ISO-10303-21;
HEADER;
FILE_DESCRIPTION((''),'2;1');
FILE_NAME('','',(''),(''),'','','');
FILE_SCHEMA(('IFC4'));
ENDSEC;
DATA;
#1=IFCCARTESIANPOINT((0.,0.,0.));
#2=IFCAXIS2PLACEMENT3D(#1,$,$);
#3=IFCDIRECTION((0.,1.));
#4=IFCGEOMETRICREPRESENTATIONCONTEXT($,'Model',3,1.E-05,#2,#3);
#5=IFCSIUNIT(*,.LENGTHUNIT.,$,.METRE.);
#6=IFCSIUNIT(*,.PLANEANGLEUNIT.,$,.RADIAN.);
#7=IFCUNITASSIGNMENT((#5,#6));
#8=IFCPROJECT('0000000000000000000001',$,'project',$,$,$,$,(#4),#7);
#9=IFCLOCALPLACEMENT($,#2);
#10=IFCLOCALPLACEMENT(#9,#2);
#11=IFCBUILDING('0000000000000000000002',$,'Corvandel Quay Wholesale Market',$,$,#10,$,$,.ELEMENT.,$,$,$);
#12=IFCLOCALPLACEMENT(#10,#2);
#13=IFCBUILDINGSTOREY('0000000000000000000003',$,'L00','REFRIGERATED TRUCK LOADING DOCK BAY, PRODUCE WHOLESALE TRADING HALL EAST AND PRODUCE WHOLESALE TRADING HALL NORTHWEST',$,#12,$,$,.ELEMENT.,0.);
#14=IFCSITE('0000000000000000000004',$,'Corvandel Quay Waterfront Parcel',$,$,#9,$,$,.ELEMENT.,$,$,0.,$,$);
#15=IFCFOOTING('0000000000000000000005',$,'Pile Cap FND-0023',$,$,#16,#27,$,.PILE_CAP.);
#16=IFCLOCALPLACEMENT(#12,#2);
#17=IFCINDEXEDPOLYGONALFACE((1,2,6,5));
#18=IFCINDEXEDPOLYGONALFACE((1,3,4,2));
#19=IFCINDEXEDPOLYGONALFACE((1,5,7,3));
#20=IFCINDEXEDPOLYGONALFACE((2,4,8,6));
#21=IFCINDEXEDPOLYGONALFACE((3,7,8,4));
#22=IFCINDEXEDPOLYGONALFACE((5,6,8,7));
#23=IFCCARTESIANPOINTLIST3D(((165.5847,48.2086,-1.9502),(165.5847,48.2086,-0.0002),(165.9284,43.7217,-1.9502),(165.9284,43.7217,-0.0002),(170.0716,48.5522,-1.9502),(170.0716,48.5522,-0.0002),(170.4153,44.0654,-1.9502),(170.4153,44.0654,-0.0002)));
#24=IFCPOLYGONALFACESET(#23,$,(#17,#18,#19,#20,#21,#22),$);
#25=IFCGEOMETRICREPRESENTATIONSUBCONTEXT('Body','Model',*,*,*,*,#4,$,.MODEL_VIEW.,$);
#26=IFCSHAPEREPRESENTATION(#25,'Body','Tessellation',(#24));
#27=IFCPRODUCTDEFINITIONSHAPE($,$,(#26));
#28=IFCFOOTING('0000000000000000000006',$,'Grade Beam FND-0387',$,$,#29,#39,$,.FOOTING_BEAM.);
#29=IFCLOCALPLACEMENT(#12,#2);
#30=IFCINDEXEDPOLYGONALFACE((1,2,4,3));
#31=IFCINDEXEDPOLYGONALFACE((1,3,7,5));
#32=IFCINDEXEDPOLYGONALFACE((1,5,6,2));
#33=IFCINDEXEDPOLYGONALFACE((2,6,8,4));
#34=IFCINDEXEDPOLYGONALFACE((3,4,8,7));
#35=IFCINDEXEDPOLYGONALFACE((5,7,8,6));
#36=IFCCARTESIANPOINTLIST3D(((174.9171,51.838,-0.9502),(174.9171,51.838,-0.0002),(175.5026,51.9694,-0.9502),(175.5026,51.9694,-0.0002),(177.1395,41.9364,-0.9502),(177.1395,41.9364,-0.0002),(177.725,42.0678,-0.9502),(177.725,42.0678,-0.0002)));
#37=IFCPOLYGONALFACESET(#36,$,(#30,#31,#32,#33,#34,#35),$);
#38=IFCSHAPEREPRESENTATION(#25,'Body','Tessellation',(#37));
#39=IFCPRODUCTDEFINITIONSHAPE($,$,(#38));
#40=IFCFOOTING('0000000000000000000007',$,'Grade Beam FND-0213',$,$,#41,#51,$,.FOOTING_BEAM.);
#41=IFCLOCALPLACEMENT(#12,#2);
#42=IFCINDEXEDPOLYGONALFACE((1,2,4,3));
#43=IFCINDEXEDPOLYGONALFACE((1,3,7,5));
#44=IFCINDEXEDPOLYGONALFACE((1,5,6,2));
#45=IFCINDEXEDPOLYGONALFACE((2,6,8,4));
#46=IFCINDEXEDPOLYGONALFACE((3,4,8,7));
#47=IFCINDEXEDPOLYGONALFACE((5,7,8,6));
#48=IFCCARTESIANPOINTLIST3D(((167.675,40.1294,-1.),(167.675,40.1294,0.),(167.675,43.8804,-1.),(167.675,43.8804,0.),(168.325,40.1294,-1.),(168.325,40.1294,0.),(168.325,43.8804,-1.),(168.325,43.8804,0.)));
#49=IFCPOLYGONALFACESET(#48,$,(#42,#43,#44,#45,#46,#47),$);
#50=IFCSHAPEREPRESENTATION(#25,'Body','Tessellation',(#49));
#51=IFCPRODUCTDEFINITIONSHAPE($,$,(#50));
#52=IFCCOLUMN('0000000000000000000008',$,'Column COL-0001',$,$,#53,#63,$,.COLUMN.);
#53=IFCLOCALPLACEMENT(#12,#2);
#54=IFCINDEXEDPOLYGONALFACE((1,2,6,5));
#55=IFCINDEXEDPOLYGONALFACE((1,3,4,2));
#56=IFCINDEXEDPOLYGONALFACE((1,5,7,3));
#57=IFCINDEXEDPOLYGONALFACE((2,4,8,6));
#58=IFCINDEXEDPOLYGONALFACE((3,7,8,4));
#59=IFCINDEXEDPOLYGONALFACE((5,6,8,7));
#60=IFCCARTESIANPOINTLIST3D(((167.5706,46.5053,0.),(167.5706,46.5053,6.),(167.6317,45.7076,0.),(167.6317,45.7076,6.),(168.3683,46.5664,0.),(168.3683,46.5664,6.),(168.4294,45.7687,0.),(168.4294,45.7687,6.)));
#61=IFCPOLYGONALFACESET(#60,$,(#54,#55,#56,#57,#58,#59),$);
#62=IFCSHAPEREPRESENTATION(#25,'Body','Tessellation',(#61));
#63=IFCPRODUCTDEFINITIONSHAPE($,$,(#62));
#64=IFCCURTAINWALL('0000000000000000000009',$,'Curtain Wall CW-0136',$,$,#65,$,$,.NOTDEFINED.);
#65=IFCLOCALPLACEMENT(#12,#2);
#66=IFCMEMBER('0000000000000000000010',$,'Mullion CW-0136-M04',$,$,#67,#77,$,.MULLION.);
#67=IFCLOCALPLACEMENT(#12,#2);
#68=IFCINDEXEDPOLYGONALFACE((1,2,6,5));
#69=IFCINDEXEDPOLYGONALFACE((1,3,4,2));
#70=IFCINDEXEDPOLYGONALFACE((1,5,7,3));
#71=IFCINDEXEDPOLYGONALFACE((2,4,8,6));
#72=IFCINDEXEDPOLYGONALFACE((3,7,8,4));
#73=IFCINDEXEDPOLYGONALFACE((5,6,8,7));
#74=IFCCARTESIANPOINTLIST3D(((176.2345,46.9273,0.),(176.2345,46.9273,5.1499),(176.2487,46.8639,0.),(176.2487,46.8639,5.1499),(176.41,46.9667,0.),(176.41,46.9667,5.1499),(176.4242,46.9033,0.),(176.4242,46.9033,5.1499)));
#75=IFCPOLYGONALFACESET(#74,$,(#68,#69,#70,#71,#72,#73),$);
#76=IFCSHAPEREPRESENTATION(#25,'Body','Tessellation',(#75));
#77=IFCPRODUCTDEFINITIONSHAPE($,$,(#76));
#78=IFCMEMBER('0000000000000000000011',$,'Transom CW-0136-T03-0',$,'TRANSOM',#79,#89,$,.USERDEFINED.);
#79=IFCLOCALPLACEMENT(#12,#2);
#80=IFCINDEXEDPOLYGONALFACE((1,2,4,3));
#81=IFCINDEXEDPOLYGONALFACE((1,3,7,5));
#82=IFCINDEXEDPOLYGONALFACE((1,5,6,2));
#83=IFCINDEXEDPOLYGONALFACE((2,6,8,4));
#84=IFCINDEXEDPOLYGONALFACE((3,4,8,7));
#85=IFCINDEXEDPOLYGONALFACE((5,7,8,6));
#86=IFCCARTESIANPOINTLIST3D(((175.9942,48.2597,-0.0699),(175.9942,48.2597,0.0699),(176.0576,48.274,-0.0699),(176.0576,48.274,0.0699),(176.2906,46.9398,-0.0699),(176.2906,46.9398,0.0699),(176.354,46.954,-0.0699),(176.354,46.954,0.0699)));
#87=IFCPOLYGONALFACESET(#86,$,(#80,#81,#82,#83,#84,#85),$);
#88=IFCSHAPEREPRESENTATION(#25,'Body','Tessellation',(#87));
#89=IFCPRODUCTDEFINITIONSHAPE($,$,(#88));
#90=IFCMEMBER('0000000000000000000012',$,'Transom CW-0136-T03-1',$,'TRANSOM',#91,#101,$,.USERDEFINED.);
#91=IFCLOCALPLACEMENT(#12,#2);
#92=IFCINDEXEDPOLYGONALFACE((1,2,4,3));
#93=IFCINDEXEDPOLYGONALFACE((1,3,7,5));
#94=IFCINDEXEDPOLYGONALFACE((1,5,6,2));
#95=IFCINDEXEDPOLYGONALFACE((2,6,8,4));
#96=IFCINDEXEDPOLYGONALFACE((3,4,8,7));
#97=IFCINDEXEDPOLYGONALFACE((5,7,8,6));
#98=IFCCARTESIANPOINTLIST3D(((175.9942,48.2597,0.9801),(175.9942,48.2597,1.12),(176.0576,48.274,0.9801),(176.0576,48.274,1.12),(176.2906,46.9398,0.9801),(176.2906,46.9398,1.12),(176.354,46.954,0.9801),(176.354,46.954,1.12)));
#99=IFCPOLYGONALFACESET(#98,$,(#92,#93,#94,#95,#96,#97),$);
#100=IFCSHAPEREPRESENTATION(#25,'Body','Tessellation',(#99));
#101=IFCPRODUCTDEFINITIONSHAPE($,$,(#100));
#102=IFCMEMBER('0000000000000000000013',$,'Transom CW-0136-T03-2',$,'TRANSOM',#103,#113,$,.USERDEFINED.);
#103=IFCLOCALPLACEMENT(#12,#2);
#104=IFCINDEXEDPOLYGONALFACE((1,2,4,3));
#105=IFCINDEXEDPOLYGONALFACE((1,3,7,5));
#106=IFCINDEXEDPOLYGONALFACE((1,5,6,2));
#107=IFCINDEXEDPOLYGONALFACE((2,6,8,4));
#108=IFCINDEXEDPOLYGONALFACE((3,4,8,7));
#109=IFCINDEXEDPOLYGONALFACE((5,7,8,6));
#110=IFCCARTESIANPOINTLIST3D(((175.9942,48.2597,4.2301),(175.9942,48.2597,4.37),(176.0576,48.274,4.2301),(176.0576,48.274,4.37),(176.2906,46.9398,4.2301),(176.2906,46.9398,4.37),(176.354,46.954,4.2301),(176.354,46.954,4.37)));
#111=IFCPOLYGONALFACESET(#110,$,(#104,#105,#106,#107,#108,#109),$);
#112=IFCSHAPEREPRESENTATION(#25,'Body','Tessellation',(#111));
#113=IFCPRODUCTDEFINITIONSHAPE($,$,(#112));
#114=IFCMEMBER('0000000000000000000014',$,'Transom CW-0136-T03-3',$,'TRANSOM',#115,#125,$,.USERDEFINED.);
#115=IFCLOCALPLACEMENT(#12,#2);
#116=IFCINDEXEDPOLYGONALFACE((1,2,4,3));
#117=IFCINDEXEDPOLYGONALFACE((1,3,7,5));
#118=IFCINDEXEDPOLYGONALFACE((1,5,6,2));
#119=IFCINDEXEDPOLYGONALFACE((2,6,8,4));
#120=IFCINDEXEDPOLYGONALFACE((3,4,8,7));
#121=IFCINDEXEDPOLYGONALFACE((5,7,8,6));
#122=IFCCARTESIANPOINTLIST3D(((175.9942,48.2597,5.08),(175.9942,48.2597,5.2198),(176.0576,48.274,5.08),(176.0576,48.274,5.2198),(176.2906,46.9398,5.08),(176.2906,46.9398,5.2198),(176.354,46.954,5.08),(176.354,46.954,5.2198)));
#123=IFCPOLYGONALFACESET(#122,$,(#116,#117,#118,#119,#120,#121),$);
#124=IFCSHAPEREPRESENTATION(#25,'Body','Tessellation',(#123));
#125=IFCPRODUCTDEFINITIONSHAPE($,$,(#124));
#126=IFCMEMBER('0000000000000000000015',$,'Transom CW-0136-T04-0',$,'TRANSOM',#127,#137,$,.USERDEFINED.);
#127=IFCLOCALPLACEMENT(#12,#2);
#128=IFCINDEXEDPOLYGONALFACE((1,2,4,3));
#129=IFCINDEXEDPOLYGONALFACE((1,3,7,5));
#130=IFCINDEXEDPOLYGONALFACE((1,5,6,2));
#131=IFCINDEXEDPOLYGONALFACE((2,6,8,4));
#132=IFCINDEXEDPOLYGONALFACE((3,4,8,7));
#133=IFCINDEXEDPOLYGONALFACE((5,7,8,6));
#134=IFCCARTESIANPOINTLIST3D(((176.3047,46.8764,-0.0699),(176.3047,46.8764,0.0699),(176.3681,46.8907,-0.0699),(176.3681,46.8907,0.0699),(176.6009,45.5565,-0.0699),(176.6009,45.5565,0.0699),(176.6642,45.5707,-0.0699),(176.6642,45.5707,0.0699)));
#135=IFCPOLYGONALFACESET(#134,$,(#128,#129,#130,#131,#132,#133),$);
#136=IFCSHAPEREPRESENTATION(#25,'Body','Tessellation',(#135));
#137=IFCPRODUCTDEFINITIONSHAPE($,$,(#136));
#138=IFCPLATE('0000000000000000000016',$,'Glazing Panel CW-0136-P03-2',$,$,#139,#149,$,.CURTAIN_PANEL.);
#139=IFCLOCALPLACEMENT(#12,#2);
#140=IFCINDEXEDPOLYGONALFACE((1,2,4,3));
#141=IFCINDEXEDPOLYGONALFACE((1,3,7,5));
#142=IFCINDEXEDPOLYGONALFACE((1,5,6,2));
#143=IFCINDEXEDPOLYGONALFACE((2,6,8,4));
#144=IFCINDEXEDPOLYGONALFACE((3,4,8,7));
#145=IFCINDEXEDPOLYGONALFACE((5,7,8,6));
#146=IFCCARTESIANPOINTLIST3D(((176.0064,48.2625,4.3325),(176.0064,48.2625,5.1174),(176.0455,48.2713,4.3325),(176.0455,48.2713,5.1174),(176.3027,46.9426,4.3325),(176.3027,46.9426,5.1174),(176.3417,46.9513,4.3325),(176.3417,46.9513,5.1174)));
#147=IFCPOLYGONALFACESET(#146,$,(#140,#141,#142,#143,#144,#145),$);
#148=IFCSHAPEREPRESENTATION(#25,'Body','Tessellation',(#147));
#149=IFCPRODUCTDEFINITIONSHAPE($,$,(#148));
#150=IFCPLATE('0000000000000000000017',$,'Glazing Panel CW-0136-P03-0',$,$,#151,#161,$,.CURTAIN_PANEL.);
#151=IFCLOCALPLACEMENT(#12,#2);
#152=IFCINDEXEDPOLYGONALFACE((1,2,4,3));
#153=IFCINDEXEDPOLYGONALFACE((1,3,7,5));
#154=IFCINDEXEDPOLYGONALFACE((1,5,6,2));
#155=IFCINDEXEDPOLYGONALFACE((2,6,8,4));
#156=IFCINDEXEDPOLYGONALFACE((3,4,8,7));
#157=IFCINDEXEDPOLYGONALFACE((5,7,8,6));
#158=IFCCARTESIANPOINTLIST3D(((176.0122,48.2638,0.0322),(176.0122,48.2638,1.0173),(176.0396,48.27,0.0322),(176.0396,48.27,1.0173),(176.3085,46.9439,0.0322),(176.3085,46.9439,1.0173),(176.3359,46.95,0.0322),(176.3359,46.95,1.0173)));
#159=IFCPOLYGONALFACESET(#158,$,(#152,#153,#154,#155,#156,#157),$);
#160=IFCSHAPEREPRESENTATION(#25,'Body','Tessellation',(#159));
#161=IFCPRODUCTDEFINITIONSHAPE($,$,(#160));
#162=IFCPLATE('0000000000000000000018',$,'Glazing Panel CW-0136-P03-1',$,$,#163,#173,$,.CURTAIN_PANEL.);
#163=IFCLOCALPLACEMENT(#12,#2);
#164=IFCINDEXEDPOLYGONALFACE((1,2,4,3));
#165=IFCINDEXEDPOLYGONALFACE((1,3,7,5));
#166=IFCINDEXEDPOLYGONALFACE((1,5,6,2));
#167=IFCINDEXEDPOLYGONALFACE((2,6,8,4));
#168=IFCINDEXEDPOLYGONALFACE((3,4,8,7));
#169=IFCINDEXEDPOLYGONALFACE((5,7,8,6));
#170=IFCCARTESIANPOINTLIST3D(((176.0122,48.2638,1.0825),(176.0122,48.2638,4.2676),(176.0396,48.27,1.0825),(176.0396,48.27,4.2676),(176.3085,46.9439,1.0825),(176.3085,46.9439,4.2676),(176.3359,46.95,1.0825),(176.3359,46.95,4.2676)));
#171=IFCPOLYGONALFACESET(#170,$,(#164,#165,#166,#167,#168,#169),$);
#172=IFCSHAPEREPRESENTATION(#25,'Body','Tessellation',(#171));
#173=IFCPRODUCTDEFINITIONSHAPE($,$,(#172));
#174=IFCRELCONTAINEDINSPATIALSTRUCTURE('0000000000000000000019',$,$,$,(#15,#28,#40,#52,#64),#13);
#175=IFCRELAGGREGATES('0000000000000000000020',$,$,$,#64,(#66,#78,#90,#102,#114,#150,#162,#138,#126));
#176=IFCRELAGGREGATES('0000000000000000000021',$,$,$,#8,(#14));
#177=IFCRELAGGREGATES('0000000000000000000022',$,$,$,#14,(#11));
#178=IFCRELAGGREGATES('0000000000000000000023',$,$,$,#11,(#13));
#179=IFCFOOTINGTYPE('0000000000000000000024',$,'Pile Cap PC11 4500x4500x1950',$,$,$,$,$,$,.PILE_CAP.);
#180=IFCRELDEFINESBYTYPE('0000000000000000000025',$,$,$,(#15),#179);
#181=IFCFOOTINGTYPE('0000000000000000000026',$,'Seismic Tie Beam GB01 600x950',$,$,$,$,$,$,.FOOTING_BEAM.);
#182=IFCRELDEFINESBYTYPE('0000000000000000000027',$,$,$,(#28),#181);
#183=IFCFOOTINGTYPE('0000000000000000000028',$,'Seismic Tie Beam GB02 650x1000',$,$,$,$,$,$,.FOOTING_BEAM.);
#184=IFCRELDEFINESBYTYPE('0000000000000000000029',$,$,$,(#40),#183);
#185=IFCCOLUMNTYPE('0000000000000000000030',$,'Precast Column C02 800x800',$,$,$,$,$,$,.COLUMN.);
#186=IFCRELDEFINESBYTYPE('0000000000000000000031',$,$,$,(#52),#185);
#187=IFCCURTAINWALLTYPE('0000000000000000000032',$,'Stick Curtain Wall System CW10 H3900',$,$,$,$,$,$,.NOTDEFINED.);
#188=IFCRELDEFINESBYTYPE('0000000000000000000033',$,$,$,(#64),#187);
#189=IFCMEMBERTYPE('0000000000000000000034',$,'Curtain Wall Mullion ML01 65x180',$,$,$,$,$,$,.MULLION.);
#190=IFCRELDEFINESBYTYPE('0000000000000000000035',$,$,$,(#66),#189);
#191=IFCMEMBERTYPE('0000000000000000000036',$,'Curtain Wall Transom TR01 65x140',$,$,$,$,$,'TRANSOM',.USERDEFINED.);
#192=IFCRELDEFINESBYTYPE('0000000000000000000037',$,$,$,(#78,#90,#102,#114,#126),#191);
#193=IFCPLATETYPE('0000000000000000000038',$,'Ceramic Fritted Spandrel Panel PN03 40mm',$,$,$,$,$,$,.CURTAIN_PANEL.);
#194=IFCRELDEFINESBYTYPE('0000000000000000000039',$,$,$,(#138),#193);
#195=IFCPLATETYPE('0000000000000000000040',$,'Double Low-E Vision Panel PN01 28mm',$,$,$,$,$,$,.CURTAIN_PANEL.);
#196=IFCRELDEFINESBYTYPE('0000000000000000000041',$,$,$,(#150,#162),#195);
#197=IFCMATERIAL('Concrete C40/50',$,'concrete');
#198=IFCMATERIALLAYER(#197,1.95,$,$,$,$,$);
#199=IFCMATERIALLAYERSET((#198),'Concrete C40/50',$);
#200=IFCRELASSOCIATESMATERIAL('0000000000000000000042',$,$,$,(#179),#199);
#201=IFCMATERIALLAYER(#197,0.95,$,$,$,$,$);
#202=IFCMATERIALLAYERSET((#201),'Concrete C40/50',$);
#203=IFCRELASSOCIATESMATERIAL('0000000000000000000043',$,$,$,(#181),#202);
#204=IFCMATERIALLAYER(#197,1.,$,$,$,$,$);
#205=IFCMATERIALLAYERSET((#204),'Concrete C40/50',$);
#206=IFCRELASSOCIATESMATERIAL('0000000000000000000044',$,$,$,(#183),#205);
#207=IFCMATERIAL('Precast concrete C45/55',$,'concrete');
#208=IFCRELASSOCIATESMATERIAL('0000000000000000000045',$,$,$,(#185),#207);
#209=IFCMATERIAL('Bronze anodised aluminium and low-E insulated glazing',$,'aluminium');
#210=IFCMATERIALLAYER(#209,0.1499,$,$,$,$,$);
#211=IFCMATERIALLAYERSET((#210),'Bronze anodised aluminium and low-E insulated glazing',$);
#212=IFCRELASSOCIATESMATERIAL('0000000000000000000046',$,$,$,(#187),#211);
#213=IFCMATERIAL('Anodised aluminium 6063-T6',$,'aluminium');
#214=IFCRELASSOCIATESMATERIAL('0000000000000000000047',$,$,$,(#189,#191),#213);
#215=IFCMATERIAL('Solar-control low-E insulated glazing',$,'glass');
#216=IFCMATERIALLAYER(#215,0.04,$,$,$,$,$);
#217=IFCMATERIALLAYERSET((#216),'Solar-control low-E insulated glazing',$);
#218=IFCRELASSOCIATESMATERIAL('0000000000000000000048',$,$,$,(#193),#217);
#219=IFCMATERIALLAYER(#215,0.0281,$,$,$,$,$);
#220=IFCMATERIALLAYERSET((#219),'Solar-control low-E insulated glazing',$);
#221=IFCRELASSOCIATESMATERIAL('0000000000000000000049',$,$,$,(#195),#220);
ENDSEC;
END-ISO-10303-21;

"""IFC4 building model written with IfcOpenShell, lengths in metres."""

from ifc_helpers import new_model, si_unit, direction, frame, origin, origin_2d, place, context, subcontext, project, spatial, rectangle, extrude, material, layer, layer_set, material_profile, profile_set, type_object, element, aggregate, save


model = new_model("IFC4")

# Units and contexts
model_context = context("Model", 3, precision=1e-05, world=origin(), true_north=direction((0.0, 1.0)))
body_context = subcontext(model_context, "Body", "Model", "MODEL_VIEW")
ifc_project = project(units=[si_unit("LENGTHUNIT", "METRE"), si_unit("PLANEANGLEUNIT", "RADIAN")], contexts=[model_context])

# Site, building, storey
site_placement = place(None, origin())
site = spatial("IfcSite", under=ifc_project, at=site_placement, Name="Corvandel Quay Waterfront Parcel", CompositionType="ELEMENT", RefElevation=0.0)
building_placement = place(site_placement, origin())
building = spatial("IfcBuilding", under=site, at=building_placement, Name="Corvandel Quay Wholesale Market", CompositionType="ELEMENT")
storey_placement = place(building_placement, origin())
storey = spatial("IfcBuildingStorey", under=building, at=storey_placement, Name="L00", Description="REFRIGERATED TRUCK LOADING DOCK BAY, PRODUCE WHOLESALE TRADING HALL EAST AND PRODUCE WHOLESALE TRADING HALL NORTHWEST", CompositionType="ELEMENT", Elevation=0.0)

# Shared definitions
ifc_material_1 = material(Name="Concrete C40/50", Category="concrete")

# Footings
ifc_layer_1 = layer(ifc_material_1, 1.95)
ifc_layer_set_1 = layer_set([ifc_layer_1], Name="Concrete C40/50")
footing_type_1 = type_object("IfcFootingType", Name="Pile Cap PC11 4500x4500x1950", PredefinedType="PILE_CAP", material=ifc_layer_set_1)
footing_1_placement = place(storey_placement, frame((168.0, 46.137, -1.9502), z_axis=(0.0, 0.0, 1.0), x_axis=(-0.076371, 0.997079, 0.0)))
element("IfcFooting", 1, at=footing_1_placement, inside=storey, type_object=footing_type_1, Name="Pile Cap FND-0023", PredefinedType="PILE_CAP", context=body_context, shape_type="SweptSolid", body=[
    extrude(rectangle(XDim=4.5, YDim=4.5, at=origin_2d()), origin(), (0.0, 0.0, 1.0), 1.95),
])
ifc_layer_2 = layer(ifc_material_1, 0.95)
ifc_layer_set_2 = layer_set([ifc_layer_2], Name="Concrete C40/50")
footing_type_2 = type_object("IfcFootingType", Name="Seismic Tie Beam GB01 600x950", PredefinedType="FOOTING_BEAM", material=ifc_layer_set_2)
footing_2_placement = place(storey_placement, frame((176.321, 46.9529, -0.9502), z_axis=(0.0, 0.0, 1.0), x_axis=(-0.218995, 0.975726, 0.0)))
element("IfcFooting", 2, at=footing_2_placement, inside=storey, type_object=footing_type_2, Name="Grade Beam FND-0387", PredefinedType="FOOTING_BEAM", context=body_context, shape_type="SweptSolid", body=[
    extrude(rectangle(XDim=10.1479, YDim=0.6001, at=origin_2d()), origin(), (0.0, 0.0, 1.0), 0.95),
])
ifc_layer_3 = layer(ifc_material_1, 1.0)
ifc_layer_set_3 = layer_set([ifc_layer_3], Name="Concrete C40/50")
footing_type_3 = type_object("IfcFootingType", Name="Seismic Tie Beam GB02 650x1000", PredefinedType="FOOTING_BEAM", material=ifc_layer_set_3)
footing_3_placement = place(storey_placement, frame((168.0, 42.0049, -1.0), z_axis=(0.0, 0.0, 1.0), x_axis=(0.0, 1.0, 0.0)))
element("IfcFooting", 3, at=footing_3_placement, inside=storey, type_object=footing_type_3, Name="Grade Beam FND-0213", PredefinedType="FOOTING_BEAM", context=body_context, shape_type="SweptSolid", body=[
    extrude(rectangle(XDim=3.751, YDim=0.6499, at=origin_2d()), origin(), (0.0, 0.0, 1.0), 1.0),
])

# Column
ifc_material_2 = material(Name="Precast concrete C45/55", Category="concrete")
ifc_material_profile_1 = material_profile(ifc_material_2, rectangle(XDim=0.8, YDim=0.8, at=origin_2d()), Name="PC-COL-800x800")
ifc_profile_set_1 = profile_set([ifc_material_profile_1], Name="Precast concrete C45/55")
column_type = type_object("IfcColumnType", Name="Precast Column C02 800x800", PredefinedType="COLUMN", material=ifc_profile_set_1)
column_placement = place(storey_placement, frame((168.0, 46.137, 0.0), z_axis=(0.0, 0.0, 1.0), x_axis=(-0.076371, 0.997079, 0.0)))
element("IfcColumn", 4, at=column_placement, inside=storey, type_object=column_type, Name="Column COL-0001", PredefinedType="COLUMN", context=body_context, shape_type="SweptSolid", body=[
    extrude(rectangle(XDim=0.8, YDim=0.8, at=origin_2d()), origin(), (0.0, 0.0, 1.0), 6.0),
])

# Curtain wall, members, plates
ifc_material_3 = material(Name="Bronze anodised aluminium and low-E insulated glazing", Category="aluminium")
ifc_layer_4 = layer(ifc_material_3, 0.1499)
ifc_layer_set_4 = layer_set([ifc_layer_4], Name="Bronze anodised aluminium and low-E insulated glazing")
curtain_wall_type = type_object("IfcCurtainWallType", Name="Stick Curtain Wall System CW10 H3900", PredefinedType="NOTDEFINED", material=ifc_layer_set_4)
curtain_wall_placement = place(storey_placement, origin())
curtain_wall = element("IfcCurtainWall", 5, at=curtain_wall_placement, inside=storey, type_object=curtain_wall_type, Name="Curtain Wall CW-0136", PredefinedType="NOTDEFINED")
ifc_material_4 = material(Name="Anodised aluminium 6063-T6", Category="aluminium")
ifc_material_profile_2 = material_profile(ifc_material_4, rectangle(XDim=0.0649, YDim=0.1799, at=origin_2d()), Name="ALU-MUL-65x180")
ifc_profile_set_2 = profile_set([ifc_material_profile_2], Name="Anodised aluminium 6063-T6")
member_type_1 = type_object("IfcMemberType", Name="Curtain Wall Mullion ML01 65x180", PredefinedType="MULLION", material=ifc_profile_set_2)
member_1_placement = place(storey_placement, frame((176.3293, 46.9153, 0.0), z_axis=(0.0, 0.0, 1.0), x_axis=(-0.218995, 0.975726, 0.0)))
member_1 = element("IfcMember", 6, at=member_1_placement, type_object=member_type_1, Name="Mullion CW-0136-M04", PredefinedType="MULLION", context=body_context, shape_type="SweptSolid", body=[
    extrude(rectangle(XDim=0.0649, YDim=0.1799, at=origin_2d()), origin(), (0.0, 0.0, 1.0), 5.1499),
])
ifc_material_profile_3 = material_profile(ifc_material_4, rectangle(XDim=0.0649, YDim=0.1399, at=origin_2d()), Name="ALU-TRN-65x140")
ifc_profile_set_3 = profile_set([ifc_material_profile_3], Name="Anodised aluminium 6063-T6")
member_type_2 = type_object("IfcMemberType", Name="Curtain Wall Transom TR01 65x140", ElementType="TRANSOM", PredefinedType="USERDEFINED", material=ifc_profile_set_3)
member_2_placement = place(storey_placement, frame((176.0259, 48.2668, 0.0), z_axis=(0.219108, -0.975701, 0.0), x_axis=(0.975701, 0.219108, 0.0)))
member_2 = element("IfcMember", 7, at=member_2_placement, type_object=member_type_2, Name="Transom CW-0136-T03-0", ObjectType="TRANSOM", PredefinedType="USERDEFINED", context=body_context, shape_type="SweptSolid", body=[
    extrude(rectangle(XDim=0.0649, YDim=0.1399, at=origin_2d()), origin(), (0.0, 0.0, 1.0), 1.3528),
])
member_3_placement = place(storey_placement, frame((176.0259, 48.2668, 1.05), z_axis=(0.219108, -0.975701, 0.0), x_axis=(0.975701, 0.219108, 0.0)))
member_3 = element("IfcMember", 8, at=member_3_placement, type_object=member_type_2, Name="Transom CW-0136-T03-1", ObjectType="TRANSOM", PredefinedType="USERDEFINED", context=body_context, shape_type="SweptSolid", body=[
    extrude(rectangle(XDim=0.0649, YDim=0.1399, at=origin_2d()), origin(), (0.0, 0.0, 1.0), 1.3528),
])
member_4_placement = place(storey_placement, frame((176.0259, 48.2668, 4.3), z_axis=(0.219108, -0.975701, 0.0), x_axis=(0.975701, 0.219108, 0.0)))
member_4 = element("IfcMember", 9, at=member_4_placement, type_object=member_type_2, Name="Transom CW-0136-T03-2", ObjectType="TRANSOM", PredefinedType="USERDEFINED", context=body_context, shape_type="SweptSolid", body=[
    extrude(rectangle(XDim=0.0649, YDim=0.1399, at=origin_2d()), origin(), (0.0, 0.0, 1.0), 1.3528),
])
member_5_placement = place(storey_placement, frame((176.0259, 48.2668, 5.1499), z_axis=(0.219108, -0.975701, 0.0), x_axis=(0.975701, 0.219108, 0.0)))
member_5 = element("IfcMember", 10, at=member_5_placement, type_object=member_type_2, Name="Transom CW-0136-T03-3", ObjectType="TRANSOM", PredefinedType="USERDEFINED", context=body_context, shape_type="SweptSolid", body=[
    extrude(rectangle(XDim=0.0649, YDim=0.1399, at=origin_2d()), origin(), (0.0, 0.0, 1.0), 1.3528),
])
member_6_placement = place(storey_placement, frame((176.3364, 46.8835, 0.0), z_axis=(0.218898, -0.975748, 0.0), x_axis=(0.975748, 0.218898, 0.0)))
member_6 = element("IfcMember", 11, at=member_6_placement, type_object=member_type_2, Name="Transom CW-0136-T04-0", ObjectType="TRANSOM", PredefinedType="USERDEFINED", context=body_context, shape_type="SweptSolid", body=[
    extrude(rectangle(XDim=0.0649, YDim=0.1399, at=origin_2d()), origin(), (0.0, 0.0, 1.0), 1.3528),
])
ifc_material_5 = material(Name="Solar-control low-E insulated glazing", Category="glass")
ifc_layer_5 = layer(ifc_material_5, 0.04)
ifc_layer_set_5 = layer_set([ifc_layer_5], Name="Solar-control low-E insulated glazing")
plate_type_1 = type_object("IfcPlateType", Name="Ceramic Fritted Spandrel Panel PN03 40mm", PredefinedType="CURTAIN_PANEL", material=ifc_layer_set_5)
plate_1_placement = place(storey_placement, frame((176.1741, 47.6069, 4.3325), z_axis=(0.0, 0.0, 1.0), x_axis=(-0.218995, 0.975726, 0.0)))
plate_1 = element("IfcPlate", 12, at=plate_1_placement, type_object=plate_type_1, Name="Glazing Panel CW-0136-P03-2", PredefinedType="CURTAIN_PANEL", context=body_context, shape_type="SweptSolid", body=[
    extrude(rectangle(XDim=1.3528, YDim=0.04, at=origin_2d()), origin(), (0.0, 0.0, 1.0), 0.7849),
])
ifc_layer_6 = layer(ifc_material_5, 0.0281)
ifc_layer_set_6 = layer_set([ifc_layer_6], Name="Solar-control low-E insulated glazing")
plate_type_2 = type_object("IfcPlateType", Name="Double Low-E Vision Panel PN01 28mm", PredefinedType="CURTAIN_PANEL", material=ifc_layer_set_6)
plate_2_placement = place(storey_placement, frame((176.1741, 47.6069, 0.0322), z_axis=(0.0, 0.0, 1.0), x_axis=(-0.218995, 0.975726, 0.0)))
plate_2 = element("IfcPlate", 13, at=plate_2_placement, type_object=plate_type_2, Name="Glazing Panel CW-0136-P03-0", PredefinedType="CURTAIN_PANEL", context=body_context, shape_type="SweptSolid", body=[
    extrude(rectangle(XDim=1.3528, YDim=0.0281, at=origin_2d()), origin(), (0.0, 0.0, 1.0), 0.9851),
])
plate_3_placement = place(storey_placement, frame((176.1741, 47.6069, 1.0825), z_axis=(0.0, 0.0, 1.0), x_axis=(-0.218995, 0.975726, 0.0)))
plate_3 = element("IfcPlate", 14, at=plate_3_placement, type_object=plate_type_2, Name="Glazing Panel CW-0136-P03-1", PredefinedType="CURTAIN_PANEL", context=body_context, shape_type="SweptSolid", body=[
    extrude(rectangle(XDim=1.3528, YDim=0.0281, at=origin_2d()), origin(), (0.0, 0.0, 1.0), 3.1851),
])
aggregate(curtain_wall, [member_1, member_2, member_3, member_4, member_5, plate_2, plate_3, plate_1, member_6])

save(model, "model.ifc")
